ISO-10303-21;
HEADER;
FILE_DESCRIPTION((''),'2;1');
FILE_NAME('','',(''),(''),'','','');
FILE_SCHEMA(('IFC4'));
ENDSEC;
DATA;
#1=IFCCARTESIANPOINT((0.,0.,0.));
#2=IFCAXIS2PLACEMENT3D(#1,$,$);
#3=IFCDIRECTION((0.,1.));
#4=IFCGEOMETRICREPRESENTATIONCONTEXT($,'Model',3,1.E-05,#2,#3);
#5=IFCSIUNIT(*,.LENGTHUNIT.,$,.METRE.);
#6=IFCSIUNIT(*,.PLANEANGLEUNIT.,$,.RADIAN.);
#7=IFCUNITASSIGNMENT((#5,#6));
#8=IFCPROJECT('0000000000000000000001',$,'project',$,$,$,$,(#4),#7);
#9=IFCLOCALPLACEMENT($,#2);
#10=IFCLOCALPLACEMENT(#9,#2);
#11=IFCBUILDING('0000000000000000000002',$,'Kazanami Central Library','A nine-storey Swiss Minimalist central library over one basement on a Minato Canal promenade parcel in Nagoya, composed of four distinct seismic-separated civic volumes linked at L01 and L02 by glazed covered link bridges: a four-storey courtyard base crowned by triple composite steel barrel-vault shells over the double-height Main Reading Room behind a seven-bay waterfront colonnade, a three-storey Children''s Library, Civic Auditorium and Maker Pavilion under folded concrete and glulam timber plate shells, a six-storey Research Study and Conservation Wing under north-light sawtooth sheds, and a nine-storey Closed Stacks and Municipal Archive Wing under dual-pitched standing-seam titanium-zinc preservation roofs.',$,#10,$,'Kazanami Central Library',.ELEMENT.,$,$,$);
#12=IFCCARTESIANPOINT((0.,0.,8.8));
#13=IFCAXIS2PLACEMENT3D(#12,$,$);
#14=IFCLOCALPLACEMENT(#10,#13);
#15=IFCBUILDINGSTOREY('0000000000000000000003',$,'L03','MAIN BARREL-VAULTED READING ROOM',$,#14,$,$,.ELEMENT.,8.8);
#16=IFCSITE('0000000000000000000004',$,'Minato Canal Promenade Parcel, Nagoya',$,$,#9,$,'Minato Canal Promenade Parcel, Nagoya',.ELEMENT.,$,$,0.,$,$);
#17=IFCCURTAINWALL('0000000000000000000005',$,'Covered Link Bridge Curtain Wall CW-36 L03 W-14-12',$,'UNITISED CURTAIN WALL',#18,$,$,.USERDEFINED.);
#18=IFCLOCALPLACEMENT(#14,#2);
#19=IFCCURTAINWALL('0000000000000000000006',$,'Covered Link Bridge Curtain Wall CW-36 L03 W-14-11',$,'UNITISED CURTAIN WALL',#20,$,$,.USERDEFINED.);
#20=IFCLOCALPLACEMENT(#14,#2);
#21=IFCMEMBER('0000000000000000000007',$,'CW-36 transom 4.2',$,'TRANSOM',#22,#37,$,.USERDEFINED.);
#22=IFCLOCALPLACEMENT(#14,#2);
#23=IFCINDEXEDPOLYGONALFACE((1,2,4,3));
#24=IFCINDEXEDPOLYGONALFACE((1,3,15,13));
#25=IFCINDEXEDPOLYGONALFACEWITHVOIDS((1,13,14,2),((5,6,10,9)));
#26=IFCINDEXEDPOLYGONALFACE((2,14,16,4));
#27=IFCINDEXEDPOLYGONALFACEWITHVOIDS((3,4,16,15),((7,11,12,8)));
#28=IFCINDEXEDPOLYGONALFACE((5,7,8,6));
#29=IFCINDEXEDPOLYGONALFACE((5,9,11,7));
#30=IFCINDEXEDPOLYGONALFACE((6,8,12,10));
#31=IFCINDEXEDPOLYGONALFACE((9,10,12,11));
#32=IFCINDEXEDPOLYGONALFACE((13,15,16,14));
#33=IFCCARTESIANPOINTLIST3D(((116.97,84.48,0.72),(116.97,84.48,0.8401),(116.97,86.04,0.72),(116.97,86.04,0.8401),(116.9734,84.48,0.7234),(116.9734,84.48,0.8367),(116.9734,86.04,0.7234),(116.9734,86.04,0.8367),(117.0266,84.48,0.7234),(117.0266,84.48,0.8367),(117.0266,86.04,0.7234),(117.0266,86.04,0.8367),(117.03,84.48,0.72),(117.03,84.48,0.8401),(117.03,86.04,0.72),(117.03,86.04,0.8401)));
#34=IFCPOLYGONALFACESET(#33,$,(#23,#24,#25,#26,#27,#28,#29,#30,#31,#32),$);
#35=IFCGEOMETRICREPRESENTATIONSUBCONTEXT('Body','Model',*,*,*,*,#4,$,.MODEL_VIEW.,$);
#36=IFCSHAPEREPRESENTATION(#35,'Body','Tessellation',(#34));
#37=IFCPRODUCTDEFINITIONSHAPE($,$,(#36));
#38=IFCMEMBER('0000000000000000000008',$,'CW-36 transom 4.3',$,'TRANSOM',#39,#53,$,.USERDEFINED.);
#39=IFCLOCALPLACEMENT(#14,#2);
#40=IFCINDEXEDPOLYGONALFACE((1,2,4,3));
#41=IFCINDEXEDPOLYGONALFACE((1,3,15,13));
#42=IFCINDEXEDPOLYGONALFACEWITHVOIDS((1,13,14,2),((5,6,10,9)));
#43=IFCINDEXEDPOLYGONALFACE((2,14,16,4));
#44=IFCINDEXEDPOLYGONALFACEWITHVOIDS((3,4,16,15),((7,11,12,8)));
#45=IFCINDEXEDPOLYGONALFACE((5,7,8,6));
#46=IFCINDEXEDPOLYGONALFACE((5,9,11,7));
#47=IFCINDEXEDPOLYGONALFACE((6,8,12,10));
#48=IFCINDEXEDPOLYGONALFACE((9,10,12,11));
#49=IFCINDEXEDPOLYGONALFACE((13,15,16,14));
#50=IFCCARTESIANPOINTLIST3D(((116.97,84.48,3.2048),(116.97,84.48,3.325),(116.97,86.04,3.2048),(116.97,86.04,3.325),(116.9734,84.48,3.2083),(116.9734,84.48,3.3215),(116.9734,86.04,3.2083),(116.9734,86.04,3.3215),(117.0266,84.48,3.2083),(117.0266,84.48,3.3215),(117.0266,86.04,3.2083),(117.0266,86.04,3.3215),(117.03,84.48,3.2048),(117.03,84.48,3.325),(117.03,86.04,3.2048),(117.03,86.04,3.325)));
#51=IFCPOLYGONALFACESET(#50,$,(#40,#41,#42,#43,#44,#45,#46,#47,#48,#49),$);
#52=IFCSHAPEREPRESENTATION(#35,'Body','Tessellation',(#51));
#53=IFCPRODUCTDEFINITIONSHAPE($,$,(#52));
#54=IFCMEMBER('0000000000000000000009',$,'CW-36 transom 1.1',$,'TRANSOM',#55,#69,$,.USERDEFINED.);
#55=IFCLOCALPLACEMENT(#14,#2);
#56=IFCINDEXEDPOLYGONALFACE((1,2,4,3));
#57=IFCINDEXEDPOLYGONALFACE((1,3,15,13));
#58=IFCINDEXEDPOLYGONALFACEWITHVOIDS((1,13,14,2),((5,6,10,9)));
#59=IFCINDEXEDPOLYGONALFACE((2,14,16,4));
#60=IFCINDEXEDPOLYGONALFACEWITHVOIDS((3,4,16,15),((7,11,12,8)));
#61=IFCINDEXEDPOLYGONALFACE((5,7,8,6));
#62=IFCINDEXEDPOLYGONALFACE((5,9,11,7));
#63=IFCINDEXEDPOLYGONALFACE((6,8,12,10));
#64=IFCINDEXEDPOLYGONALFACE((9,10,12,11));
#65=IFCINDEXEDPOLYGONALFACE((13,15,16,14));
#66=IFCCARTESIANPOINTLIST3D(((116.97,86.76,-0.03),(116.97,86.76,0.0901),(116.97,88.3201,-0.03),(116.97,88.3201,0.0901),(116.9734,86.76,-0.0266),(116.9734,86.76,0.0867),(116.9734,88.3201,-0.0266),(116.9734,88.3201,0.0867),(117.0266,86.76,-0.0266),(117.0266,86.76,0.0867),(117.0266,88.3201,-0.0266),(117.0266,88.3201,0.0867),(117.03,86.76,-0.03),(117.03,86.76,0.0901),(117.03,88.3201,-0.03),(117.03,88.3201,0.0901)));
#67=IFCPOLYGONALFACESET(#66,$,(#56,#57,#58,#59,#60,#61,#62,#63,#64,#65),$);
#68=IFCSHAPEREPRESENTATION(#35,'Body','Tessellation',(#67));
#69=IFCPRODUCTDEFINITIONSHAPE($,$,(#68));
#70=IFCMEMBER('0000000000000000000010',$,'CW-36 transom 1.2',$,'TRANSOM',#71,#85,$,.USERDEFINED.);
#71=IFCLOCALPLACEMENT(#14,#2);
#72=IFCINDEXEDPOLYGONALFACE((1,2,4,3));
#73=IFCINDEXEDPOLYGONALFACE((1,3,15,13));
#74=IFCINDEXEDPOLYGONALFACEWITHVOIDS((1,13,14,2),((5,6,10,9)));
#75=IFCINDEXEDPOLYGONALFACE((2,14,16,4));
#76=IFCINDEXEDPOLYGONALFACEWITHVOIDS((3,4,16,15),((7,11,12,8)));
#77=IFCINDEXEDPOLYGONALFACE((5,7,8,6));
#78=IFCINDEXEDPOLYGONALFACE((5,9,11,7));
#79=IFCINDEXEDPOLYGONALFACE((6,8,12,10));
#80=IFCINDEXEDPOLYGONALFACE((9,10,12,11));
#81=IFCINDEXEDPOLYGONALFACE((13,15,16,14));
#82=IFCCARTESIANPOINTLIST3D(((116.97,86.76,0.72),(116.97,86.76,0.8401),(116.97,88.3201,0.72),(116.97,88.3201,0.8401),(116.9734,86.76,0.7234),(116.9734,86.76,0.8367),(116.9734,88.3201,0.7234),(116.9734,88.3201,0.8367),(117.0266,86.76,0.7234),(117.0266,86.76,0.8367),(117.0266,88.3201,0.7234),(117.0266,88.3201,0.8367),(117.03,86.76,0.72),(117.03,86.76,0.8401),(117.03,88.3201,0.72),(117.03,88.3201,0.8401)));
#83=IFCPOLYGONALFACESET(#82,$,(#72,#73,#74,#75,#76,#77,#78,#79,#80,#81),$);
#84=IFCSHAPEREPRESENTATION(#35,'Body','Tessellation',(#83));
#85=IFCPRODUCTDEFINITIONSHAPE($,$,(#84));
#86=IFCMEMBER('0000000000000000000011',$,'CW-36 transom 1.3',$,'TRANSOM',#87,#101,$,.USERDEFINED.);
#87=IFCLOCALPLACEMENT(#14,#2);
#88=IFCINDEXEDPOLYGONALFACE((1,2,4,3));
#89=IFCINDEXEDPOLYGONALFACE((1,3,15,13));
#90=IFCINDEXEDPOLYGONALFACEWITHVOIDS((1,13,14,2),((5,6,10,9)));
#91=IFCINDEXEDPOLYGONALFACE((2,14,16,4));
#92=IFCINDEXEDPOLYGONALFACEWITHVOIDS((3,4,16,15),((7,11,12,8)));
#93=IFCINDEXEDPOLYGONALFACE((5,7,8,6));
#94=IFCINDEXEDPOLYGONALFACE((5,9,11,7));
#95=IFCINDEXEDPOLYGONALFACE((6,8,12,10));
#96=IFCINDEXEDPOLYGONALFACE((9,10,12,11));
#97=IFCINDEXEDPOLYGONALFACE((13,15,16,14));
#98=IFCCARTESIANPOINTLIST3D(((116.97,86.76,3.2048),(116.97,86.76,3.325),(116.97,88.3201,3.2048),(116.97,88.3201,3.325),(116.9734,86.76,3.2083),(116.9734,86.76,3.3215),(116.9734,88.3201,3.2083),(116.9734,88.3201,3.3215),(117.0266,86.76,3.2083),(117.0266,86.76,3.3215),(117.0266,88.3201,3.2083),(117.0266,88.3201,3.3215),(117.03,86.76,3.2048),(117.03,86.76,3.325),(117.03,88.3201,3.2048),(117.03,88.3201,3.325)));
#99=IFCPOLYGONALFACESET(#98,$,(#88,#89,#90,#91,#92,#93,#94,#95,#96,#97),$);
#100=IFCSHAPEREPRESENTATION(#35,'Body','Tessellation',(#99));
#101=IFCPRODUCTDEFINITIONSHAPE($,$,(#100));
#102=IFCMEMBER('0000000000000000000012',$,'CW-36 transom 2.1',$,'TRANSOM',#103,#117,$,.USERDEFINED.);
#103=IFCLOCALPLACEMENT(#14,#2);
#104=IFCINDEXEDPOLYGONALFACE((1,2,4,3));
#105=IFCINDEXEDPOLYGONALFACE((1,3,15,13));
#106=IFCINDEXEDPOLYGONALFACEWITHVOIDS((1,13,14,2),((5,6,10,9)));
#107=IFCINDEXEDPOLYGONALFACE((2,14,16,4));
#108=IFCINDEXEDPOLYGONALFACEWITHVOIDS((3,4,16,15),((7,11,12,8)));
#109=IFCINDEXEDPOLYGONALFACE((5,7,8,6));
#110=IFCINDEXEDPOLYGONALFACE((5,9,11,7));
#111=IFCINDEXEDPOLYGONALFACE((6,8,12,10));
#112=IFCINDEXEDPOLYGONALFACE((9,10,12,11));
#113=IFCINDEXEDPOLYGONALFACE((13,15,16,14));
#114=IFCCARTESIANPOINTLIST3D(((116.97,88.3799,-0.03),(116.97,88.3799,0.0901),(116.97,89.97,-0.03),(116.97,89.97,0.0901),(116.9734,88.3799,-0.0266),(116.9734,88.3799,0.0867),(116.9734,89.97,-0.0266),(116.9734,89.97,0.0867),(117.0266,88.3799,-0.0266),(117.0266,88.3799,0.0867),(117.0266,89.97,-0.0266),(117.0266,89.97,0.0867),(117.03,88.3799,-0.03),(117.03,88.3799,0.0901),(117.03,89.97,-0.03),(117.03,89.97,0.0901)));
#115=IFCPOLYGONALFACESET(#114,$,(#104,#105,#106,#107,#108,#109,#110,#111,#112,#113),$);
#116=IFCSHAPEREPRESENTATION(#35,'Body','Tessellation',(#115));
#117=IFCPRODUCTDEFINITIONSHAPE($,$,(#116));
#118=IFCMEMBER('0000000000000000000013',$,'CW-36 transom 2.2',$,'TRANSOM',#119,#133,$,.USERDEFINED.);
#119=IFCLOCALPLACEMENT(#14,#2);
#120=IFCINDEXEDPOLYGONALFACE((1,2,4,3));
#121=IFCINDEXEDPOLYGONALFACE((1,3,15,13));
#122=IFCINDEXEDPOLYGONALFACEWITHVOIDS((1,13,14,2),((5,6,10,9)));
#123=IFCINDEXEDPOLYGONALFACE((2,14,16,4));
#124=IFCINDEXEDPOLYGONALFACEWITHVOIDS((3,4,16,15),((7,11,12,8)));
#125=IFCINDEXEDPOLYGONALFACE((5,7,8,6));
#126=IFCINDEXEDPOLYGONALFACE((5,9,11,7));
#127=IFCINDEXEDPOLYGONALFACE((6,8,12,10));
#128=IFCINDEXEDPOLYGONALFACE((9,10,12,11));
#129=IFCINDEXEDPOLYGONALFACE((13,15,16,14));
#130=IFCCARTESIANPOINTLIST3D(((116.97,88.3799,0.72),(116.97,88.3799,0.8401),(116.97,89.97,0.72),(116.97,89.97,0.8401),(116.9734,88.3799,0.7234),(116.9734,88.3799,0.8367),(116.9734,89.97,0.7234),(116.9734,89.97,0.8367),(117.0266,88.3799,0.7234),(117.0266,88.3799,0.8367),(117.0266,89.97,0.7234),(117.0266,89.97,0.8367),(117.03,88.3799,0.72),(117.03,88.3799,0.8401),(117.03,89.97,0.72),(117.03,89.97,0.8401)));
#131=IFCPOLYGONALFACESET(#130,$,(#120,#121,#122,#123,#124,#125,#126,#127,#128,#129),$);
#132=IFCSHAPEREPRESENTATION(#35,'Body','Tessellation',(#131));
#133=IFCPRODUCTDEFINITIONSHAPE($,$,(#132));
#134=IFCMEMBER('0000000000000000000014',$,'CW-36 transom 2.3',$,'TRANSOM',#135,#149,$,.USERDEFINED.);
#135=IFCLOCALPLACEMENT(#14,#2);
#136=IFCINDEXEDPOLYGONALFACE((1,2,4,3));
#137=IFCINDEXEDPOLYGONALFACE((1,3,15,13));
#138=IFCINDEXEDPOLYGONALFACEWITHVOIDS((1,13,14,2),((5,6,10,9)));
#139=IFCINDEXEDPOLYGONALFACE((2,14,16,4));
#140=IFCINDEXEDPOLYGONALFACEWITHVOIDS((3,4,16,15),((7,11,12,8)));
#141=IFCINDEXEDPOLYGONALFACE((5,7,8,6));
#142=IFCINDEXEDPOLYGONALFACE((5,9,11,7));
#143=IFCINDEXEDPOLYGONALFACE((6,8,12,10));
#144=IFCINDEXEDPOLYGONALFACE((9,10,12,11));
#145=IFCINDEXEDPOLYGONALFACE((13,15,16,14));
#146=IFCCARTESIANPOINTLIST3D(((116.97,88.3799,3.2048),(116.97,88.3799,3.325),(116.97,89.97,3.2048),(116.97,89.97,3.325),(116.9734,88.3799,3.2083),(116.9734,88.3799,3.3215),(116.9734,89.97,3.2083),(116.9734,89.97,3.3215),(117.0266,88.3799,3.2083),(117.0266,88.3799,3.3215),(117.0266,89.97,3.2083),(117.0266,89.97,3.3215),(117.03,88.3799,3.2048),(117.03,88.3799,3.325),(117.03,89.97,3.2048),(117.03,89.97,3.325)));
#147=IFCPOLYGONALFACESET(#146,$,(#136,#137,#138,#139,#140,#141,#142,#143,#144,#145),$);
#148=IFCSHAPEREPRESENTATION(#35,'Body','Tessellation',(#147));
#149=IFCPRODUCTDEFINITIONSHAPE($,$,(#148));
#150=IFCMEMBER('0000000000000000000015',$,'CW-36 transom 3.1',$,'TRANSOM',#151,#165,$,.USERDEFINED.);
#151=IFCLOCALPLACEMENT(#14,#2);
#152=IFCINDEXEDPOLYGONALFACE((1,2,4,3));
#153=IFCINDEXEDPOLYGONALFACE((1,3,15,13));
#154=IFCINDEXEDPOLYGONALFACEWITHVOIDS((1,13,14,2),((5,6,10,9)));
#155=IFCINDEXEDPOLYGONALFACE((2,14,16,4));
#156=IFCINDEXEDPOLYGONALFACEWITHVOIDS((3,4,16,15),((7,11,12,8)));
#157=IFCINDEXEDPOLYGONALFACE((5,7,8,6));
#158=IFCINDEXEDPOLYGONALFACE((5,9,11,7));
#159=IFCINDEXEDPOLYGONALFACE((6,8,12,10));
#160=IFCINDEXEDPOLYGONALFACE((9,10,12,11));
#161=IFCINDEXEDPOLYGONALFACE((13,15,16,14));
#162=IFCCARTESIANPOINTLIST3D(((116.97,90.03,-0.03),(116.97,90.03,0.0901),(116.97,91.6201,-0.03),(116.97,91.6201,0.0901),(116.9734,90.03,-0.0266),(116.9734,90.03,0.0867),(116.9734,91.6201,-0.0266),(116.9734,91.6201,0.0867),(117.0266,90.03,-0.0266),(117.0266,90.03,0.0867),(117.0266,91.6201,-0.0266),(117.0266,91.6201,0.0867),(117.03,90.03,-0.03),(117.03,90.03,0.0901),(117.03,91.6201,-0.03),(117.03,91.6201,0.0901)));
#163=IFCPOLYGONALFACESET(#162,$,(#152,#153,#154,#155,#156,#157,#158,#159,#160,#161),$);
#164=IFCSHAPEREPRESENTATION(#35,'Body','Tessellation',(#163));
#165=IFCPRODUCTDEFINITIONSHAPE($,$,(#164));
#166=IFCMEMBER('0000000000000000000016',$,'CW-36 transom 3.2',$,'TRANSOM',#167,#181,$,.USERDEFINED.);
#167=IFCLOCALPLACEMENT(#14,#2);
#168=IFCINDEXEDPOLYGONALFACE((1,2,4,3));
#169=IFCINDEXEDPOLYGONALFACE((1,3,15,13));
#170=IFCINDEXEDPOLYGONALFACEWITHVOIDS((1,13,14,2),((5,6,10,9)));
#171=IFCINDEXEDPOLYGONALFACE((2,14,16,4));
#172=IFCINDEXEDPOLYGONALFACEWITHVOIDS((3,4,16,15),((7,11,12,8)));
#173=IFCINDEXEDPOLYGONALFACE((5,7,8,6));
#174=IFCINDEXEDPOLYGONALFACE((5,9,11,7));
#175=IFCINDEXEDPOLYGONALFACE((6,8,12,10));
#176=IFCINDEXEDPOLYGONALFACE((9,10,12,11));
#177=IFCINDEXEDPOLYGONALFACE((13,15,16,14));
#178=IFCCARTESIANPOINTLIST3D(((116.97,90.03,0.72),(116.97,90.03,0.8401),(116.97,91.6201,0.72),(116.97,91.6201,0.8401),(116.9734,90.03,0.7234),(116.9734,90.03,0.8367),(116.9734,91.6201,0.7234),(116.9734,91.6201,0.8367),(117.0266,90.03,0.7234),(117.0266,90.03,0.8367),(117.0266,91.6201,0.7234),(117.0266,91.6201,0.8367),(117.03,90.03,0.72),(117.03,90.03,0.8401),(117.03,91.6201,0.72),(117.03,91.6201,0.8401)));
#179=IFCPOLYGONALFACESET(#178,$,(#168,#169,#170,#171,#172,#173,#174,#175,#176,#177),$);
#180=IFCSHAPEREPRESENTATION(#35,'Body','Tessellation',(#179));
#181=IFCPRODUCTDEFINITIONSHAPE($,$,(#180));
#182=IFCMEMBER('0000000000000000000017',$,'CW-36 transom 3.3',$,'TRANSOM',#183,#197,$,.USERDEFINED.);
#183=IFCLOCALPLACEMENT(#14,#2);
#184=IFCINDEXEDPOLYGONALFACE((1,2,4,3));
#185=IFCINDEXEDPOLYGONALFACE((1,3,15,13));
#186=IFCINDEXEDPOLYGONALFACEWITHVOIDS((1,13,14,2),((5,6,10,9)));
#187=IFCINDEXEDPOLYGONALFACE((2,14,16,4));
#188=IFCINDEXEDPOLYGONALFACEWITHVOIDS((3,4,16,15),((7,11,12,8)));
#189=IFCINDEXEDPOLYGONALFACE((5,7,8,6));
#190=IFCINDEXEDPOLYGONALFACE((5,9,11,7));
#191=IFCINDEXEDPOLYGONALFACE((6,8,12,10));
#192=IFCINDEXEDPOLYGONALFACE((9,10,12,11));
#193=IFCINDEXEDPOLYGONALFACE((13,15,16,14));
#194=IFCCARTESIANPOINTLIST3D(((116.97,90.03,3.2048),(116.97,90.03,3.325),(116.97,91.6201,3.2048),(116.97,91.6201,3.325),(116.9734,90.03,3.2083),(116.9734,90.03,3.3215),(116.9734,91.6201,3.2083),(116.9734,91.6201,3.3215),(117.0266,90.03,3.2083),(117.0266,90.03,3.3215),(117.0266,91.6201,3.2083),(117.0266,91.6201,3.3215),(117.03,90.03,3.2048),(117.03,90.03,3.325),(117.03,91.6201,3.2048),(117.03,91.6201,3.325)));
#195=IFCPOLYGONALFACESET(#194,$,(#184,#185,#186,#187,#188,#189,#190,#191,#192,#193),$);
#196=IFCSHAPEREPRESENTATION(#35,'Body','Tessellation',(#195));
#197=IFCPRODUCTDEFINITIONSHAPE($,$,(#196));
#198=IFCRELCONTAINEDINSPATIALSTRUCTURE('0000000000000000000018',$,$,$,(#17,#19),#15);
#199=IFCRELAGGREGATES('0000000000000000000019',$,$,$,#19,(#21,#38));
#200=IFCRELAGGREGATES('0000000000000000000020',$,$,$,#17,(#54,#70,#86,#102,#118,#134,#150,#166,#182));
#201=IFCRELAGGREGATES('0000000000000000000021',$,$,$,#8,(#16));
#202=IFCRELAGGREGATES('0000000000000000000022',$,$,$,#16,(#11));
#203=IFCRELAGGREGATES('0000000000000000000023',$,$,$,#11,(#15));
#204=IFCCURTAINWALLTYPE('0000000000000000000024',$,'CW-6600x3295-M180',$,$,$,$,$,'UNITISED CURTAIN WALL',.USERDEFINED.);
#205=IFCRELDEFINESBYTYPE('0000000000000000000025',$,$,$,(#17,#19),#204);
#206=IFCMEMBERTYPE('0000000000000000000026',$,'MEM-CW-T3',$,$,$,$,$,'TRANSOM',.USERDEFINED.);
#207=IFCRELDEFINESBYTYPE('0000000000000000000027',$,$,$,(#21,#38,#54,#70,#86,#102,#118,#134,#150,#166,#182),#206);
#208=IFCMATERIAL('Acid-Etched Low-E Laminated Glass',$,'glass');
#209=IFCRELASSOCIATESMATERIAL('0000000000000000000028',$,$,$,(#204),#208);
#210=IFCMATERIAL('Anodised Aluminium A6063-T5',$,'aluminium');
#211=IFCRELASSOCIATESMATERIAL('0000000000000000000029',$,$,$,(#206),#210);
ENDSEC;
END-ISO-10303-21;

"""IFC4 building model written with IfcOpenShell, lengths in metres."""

from ifc_helpers import new_model, si_unit, direction, frame, origin, origin_2d, place, context, subcontext, project, spatial, hollow_rectangle, extrude, material, material_profile, profile_set, type_object, element, aggregate, save


model = new_model("IFC4")

# Units and contexts
model_context = context("Model", 3, precision=1e-05, world=origin(), true_north=direction((0.0, 1.0)))
body_context = subcontext(model_context, "Body", "Model", "MODEL_VIEW")
ifc_project = project(units=[si_unit("LENGTHUNIT", "METRE"), si_unit("PLANEANGLEUNIT", "RADIAN")], contexts=[model_context])

# Site, building, storey
site_placement = place(None, origin())
site = spatial("IfcSite", under=ifc_project, at=site_placement, Name="Minato Canal Promenade Parcel, Nagoya", LongName="Minato Canal Promenade Parcel, Nagoya", CompositionType="ELEMENT", RefElevation=0.0)
building_placement = place(site_placement, origin())
building = spatial("IfcBuilding", under=site, at=building_placement, Name="Kazanami Central Library", Description="A nine-storey Swiss Minimalist central library over one basement on a Minato Canal promenade parcel in Nagoya, composed of four distinct seismic-separated civic volumes linked at L01 and L02 by glazed covered link bridges: a four-storey courtyard base crowned by triple composite steel barrel-vault shells over the double-height Main Reading Room behind a seven-bay waterfront colonnade, a three-storey Children's Library, Civic Auditorium and Maker Pavilion under folded concrete and glulam timber plate shells, a six-storey Research Study and Conservation Wing under north-light sawtooth sheds, and a nine-storey Closed Stacks and Municipal Archive Wing under dual-pitched standing-seam titanium-zinc preservation roofs.", LongName="Kazanami Central Library", CompositionType="ELEMENT")
storey_placement = place(building_placement, frame((0.0, 0.0, 8.8)))
storey = spatial("IfcBuildingStorey", under=building, at=storey_placement, Name="L03", Description="MAIN BARREL-VAULTED READING ROOM", CompositionType="ELEMENT", Elevation=8.8)

# Curtain walls, members
ifc_material_1 = material(Name="Acid-Etched Low-E Laminated Glass", Category="glass")
curtain_wall_type = type_object("IfcCurtainWallType", Name="CW-6600x3295-M180", ElementType="UNITISED CURTAIN WALL", PredefinedType="USERDEFINED", material=ifc_material_1)
curtain_wall_1_placement = place(storey_placement, origin())
curtain_wall_1 = element("IfcCurtainWall", 1, at=curtain_wall_1_placement, inside=storey, type_object=curtain_wall_type, Name="Covered Link Bridge Curtain Wall CW-36 L03 W-14-12", ObjectType="UNITISED CURTAIN WALL", PredefinedType="USERDEFINED")
ifc_material_2 = material(Name="Anodised Aluminium A6063-T5", Category="aluminium")
curtain_wall_2_placement = place(storey_placement, origin())
curtain_wall_2 = element("IfcCurtainWall", 2, at=curtain_wall_2_placement, inside=storey, type_object=curtain_wall_type, Name="Covered Link Bridge Curtain Wall CW-36 L03 W-14-11", ObjectType="UNITISED CURTAIN WALL", PredefinedType="USERDEFINED")
ifc_material_profile_1 = material_profile(ifc_material_2, hollow_rectangle(XDim=0.0601, YDim=0.1201, WallThickness=0.0034, at=origin_2d()), Name="ALU-TRAN-60x120x3.5")
ifc_profile_set_1 = profile_set([ifc_material_profile_1], Name="Anodised Aluminium A6063-T5")
member_type_1 = type_object("IfcMemberType", Name="MEM-CW-T3", ElementType="TRANSOM", PredefinedType="USERDEFINED", material=ifc_profile_set_1)
member_1_placement = place(storey_placement, frame((117.0, 84.48, 0.78), z_axis=(0.0, 1.0, 0.0), x_axis=(-1.0, 0.0, 0.0)))
member_1 = element("IfcMember", 3, at=member_1_placement, type_object=member_type_1, Name="CW-36 transom 4.2", ObjectType="TRANSOM", PredefinedType="USERDEFINED", context=body_context, shape_type="SweptSolid", body=[
    extrude(hollow_rectangle(XDim=0.0601, YDim=0.1201, WallThickness=0.0034, at=origin_2d()), origin(), (0.0, 0.0, 1.0), 1.5601),
])
member_2_placement = place(storey_placement, frame((117.0, 84.48, 3.2649), z_axis=(0.0, 1.0, 0.0), x_axis=(-1.0, 0.0, 0.0)))
member_2 = element("IfcMember", 4, at=member_2_placement, type_object=member_type_1, Name="CW-36 transom 4.3", ObjectType="TRANSOM", PredefinedType="USERDEFINED", context=body_context, shape_type="SweptSolid", body=[
    extrude(hollow_rectangle(XDim=0.0601, YDim=0.1201, WallThickness=0.0034, at=origin_2d()), origin(), (0.0, 0.0, 1.0), 1.5601),
])

# Members
member_3_placement = place(storey_placement, frame((117.0, 86.76, 0.03), z_axis=(0.0, 1.0, 0.0), x_axis=(-1.0, 0.0, 0.0)))
member_3 = element("IfcMember", 5, at=member_3_placement, type_object=member_type_1, Name="CW-36 transom 1.1", ObjectType="TRANSOM", PredefinedType="USERDEFINED", context=body_context, shape_type="SweptSolid", body=[
    extrude(hollow_rectangle(XDim=0.0601, YDim=0.1201, WallThickness=0.0034, at=origin_2d()), origin(), (0.0, 0.0, 1.0), 1.5601),
])
member_4_placement = place(storey_placement, frame((117.0, 86.76, 0.78), z_axis=(0.0, 1.0, 0.0), x_axis=(-1.0, 0.0, 0.0)))
member_4 = element("IfcMember", 6, at=member_4_placement, type_object=member_type_1, Name="CW-36 transom 1.2", ObjectType="TRANSOM", PredefinedType="USERDEFINED", context=body_context, shape_type="SweptSolid", body=[
    extrude(hollow_rectangle(XDim=0.0601, YDim=0.1201, WallThickness=0.0034, at=origin_2d()), origin(), (0.0, 0.0, 1.0), 1.5601),
])
member_5_placement = place(storey_placement, frame((117.0, 86.76, 3.2649), z_axis=(0.0, 1.0, 0.0), x_axis=(-1.0, 0.0, 0.0)))
member_5 = element("IfcMember", 7, at=member_5_placement, type_object=member_type_1, Name="CW-36 transom 1.3", ObjectType="TRANSOM", PredefinedType="USERDEFINED", context=body_context, shape_type="SweptSolid", body=[
    extrude(hollow_rectangle(XDim=0.0601, YDim=0.1201, WallThickness=0.0034, at=origin_2d()), origin(), (0.0, 0.0, 1.0), 1.5601),
])
member_6_placement = place(storey_placement, frame((117.0, 88.3799, 0.03), z_axis=(0.0, 1.0, 0.0), x_axis=(-1.0, 0.0, 0.0)))
member_6 = element("IfcMember", 8, at=member_6_placement, type_object=member_type_1, Name="CW-36 transom 2.1", ObjectType="TRANSOM", PredefinedType="USERDEFINED", context=body_context, shape_type="SweptSolid", body=[
    extrude(hollow_rectangle(XDim=0.0601, YDim=0.1201, WallThickness=0.0034, at=origin_2d()), origin(), (0.0, 0.0, 1.0), 1.5901),
])
member_7_placement = place(storey_placement, frame((117.0, 88.3799, 0.78), z_axis=(0.0, 1.0, 0.0), x_axis=(-1.0, 0.0, 0.0)))
member_7 = element("IfcMember", 9, at=member_7_placement, type_object=member_type_1, Name="CW-36 transom 2.2", ObjectType="TRANSOM", PredefinedType="USERDEFINED", context=body_context, shape_type="SweptSolid", body=[
    extrude(hollow_rectangle(XDim=0.0601, YDim=0.1201, WallThickness=0.0034, at=origin_2d()), origin(), (0.0, 0.0, 1.0), 1.5901),
])
member_8_placement = place(storey_placement, frame((117.0, 88.3799, 3.2649), z_axis=(0.0, 1.0, 0.0), x_axis=(-1.0, 0.0, 0.0)))
member_8 = element("IfcMember", 10, at=member_8_placement, type_object=member_type_1, Name="CW-36 transom 2.3", ObjectType="TRANSOM", PredefinedType="USERDEFINED", context=body_context, shape_type="SweptSolid", body=[
    extrude(hollow_rectangle(XDim=0.0601, YDim=0.1201, WallThickness=0.0034, at=origin_2d()), origin(), (0.0, 0.0, 1.0), 1.5901),
])
member_9_placement = place(storey_placement, frame((117.0, 90.03, 0.03), z_axis=(0.0, 1.0, 0.0), x_axis=(-1.0, 0.0, 0.0)))
member_9 = element("IfcMember", 11, at=member_9_placement, type_object=member_type_1, Name="CW-36 transom 3.1", ObjectType="TRANSOM", PredefinedType="USERDEFINED", context=body_context, shape_type="SweptSolid", body=[
    extrude(hollow_rectangle(XDim=0.0601, YDim=0.1201, WallThickness=0.0034, at=origin_2d()), origin(), (0.0, 0.0, 1.0), 1.5901),
])
member_10_placement = place(storey_placement, frame((117.0, 90.03, 0.78), z_axis=(0.0, 1.0, 0.0), x_axis=(-1.0, 0.0, 0.0)))
member_10 = element("IfcMember", 12, at=member_10_placement, type_object=member_type_1, Name="CW-36 transom 3.2", ObjectType="TRANSOM", PredefinedType="USERDEFINED", context=body_context, shape_type="SweptSolid", body=[
    extrude(hollow_rectangle(XDim=0.0601, YDim=0.1201, WallThickness=0.0034, at=origin_2d()), origin(), (0.0, 0.0, 1.0), 1.5901),
])
member_11_placement = place(storey_placement, frame((117.0, 90.03, 3.2649), z_axis=(0.0, 1.0, 0.0), x_axis=(-1.0, 0.0, 0.0)))
member_11 = element("IfcMember", 13, at=member_11_placement, type_object=member_type_1, Name="CW-36 transom 3.3", ObjectType="TRANSOM", PredefinedType="USERDEFINED", context=body_context, shape_type="SweptSolid", body=[
    extrude(hollow_rectangle(XDim=0.0601, YDim=0.1201, WallThickness=0.0034, at=origin_2d()), origin(), (0.0, 0.0, 1.0), 1.5901),
])

aggregate(curtain_wall_2, [member_1, member_2])
aggregate(curtain_wall_1, [member_3, member_4, member_5, member_6, member_7, member_8, member_9, member_10, member_11])

save(model, "model.ifc")
